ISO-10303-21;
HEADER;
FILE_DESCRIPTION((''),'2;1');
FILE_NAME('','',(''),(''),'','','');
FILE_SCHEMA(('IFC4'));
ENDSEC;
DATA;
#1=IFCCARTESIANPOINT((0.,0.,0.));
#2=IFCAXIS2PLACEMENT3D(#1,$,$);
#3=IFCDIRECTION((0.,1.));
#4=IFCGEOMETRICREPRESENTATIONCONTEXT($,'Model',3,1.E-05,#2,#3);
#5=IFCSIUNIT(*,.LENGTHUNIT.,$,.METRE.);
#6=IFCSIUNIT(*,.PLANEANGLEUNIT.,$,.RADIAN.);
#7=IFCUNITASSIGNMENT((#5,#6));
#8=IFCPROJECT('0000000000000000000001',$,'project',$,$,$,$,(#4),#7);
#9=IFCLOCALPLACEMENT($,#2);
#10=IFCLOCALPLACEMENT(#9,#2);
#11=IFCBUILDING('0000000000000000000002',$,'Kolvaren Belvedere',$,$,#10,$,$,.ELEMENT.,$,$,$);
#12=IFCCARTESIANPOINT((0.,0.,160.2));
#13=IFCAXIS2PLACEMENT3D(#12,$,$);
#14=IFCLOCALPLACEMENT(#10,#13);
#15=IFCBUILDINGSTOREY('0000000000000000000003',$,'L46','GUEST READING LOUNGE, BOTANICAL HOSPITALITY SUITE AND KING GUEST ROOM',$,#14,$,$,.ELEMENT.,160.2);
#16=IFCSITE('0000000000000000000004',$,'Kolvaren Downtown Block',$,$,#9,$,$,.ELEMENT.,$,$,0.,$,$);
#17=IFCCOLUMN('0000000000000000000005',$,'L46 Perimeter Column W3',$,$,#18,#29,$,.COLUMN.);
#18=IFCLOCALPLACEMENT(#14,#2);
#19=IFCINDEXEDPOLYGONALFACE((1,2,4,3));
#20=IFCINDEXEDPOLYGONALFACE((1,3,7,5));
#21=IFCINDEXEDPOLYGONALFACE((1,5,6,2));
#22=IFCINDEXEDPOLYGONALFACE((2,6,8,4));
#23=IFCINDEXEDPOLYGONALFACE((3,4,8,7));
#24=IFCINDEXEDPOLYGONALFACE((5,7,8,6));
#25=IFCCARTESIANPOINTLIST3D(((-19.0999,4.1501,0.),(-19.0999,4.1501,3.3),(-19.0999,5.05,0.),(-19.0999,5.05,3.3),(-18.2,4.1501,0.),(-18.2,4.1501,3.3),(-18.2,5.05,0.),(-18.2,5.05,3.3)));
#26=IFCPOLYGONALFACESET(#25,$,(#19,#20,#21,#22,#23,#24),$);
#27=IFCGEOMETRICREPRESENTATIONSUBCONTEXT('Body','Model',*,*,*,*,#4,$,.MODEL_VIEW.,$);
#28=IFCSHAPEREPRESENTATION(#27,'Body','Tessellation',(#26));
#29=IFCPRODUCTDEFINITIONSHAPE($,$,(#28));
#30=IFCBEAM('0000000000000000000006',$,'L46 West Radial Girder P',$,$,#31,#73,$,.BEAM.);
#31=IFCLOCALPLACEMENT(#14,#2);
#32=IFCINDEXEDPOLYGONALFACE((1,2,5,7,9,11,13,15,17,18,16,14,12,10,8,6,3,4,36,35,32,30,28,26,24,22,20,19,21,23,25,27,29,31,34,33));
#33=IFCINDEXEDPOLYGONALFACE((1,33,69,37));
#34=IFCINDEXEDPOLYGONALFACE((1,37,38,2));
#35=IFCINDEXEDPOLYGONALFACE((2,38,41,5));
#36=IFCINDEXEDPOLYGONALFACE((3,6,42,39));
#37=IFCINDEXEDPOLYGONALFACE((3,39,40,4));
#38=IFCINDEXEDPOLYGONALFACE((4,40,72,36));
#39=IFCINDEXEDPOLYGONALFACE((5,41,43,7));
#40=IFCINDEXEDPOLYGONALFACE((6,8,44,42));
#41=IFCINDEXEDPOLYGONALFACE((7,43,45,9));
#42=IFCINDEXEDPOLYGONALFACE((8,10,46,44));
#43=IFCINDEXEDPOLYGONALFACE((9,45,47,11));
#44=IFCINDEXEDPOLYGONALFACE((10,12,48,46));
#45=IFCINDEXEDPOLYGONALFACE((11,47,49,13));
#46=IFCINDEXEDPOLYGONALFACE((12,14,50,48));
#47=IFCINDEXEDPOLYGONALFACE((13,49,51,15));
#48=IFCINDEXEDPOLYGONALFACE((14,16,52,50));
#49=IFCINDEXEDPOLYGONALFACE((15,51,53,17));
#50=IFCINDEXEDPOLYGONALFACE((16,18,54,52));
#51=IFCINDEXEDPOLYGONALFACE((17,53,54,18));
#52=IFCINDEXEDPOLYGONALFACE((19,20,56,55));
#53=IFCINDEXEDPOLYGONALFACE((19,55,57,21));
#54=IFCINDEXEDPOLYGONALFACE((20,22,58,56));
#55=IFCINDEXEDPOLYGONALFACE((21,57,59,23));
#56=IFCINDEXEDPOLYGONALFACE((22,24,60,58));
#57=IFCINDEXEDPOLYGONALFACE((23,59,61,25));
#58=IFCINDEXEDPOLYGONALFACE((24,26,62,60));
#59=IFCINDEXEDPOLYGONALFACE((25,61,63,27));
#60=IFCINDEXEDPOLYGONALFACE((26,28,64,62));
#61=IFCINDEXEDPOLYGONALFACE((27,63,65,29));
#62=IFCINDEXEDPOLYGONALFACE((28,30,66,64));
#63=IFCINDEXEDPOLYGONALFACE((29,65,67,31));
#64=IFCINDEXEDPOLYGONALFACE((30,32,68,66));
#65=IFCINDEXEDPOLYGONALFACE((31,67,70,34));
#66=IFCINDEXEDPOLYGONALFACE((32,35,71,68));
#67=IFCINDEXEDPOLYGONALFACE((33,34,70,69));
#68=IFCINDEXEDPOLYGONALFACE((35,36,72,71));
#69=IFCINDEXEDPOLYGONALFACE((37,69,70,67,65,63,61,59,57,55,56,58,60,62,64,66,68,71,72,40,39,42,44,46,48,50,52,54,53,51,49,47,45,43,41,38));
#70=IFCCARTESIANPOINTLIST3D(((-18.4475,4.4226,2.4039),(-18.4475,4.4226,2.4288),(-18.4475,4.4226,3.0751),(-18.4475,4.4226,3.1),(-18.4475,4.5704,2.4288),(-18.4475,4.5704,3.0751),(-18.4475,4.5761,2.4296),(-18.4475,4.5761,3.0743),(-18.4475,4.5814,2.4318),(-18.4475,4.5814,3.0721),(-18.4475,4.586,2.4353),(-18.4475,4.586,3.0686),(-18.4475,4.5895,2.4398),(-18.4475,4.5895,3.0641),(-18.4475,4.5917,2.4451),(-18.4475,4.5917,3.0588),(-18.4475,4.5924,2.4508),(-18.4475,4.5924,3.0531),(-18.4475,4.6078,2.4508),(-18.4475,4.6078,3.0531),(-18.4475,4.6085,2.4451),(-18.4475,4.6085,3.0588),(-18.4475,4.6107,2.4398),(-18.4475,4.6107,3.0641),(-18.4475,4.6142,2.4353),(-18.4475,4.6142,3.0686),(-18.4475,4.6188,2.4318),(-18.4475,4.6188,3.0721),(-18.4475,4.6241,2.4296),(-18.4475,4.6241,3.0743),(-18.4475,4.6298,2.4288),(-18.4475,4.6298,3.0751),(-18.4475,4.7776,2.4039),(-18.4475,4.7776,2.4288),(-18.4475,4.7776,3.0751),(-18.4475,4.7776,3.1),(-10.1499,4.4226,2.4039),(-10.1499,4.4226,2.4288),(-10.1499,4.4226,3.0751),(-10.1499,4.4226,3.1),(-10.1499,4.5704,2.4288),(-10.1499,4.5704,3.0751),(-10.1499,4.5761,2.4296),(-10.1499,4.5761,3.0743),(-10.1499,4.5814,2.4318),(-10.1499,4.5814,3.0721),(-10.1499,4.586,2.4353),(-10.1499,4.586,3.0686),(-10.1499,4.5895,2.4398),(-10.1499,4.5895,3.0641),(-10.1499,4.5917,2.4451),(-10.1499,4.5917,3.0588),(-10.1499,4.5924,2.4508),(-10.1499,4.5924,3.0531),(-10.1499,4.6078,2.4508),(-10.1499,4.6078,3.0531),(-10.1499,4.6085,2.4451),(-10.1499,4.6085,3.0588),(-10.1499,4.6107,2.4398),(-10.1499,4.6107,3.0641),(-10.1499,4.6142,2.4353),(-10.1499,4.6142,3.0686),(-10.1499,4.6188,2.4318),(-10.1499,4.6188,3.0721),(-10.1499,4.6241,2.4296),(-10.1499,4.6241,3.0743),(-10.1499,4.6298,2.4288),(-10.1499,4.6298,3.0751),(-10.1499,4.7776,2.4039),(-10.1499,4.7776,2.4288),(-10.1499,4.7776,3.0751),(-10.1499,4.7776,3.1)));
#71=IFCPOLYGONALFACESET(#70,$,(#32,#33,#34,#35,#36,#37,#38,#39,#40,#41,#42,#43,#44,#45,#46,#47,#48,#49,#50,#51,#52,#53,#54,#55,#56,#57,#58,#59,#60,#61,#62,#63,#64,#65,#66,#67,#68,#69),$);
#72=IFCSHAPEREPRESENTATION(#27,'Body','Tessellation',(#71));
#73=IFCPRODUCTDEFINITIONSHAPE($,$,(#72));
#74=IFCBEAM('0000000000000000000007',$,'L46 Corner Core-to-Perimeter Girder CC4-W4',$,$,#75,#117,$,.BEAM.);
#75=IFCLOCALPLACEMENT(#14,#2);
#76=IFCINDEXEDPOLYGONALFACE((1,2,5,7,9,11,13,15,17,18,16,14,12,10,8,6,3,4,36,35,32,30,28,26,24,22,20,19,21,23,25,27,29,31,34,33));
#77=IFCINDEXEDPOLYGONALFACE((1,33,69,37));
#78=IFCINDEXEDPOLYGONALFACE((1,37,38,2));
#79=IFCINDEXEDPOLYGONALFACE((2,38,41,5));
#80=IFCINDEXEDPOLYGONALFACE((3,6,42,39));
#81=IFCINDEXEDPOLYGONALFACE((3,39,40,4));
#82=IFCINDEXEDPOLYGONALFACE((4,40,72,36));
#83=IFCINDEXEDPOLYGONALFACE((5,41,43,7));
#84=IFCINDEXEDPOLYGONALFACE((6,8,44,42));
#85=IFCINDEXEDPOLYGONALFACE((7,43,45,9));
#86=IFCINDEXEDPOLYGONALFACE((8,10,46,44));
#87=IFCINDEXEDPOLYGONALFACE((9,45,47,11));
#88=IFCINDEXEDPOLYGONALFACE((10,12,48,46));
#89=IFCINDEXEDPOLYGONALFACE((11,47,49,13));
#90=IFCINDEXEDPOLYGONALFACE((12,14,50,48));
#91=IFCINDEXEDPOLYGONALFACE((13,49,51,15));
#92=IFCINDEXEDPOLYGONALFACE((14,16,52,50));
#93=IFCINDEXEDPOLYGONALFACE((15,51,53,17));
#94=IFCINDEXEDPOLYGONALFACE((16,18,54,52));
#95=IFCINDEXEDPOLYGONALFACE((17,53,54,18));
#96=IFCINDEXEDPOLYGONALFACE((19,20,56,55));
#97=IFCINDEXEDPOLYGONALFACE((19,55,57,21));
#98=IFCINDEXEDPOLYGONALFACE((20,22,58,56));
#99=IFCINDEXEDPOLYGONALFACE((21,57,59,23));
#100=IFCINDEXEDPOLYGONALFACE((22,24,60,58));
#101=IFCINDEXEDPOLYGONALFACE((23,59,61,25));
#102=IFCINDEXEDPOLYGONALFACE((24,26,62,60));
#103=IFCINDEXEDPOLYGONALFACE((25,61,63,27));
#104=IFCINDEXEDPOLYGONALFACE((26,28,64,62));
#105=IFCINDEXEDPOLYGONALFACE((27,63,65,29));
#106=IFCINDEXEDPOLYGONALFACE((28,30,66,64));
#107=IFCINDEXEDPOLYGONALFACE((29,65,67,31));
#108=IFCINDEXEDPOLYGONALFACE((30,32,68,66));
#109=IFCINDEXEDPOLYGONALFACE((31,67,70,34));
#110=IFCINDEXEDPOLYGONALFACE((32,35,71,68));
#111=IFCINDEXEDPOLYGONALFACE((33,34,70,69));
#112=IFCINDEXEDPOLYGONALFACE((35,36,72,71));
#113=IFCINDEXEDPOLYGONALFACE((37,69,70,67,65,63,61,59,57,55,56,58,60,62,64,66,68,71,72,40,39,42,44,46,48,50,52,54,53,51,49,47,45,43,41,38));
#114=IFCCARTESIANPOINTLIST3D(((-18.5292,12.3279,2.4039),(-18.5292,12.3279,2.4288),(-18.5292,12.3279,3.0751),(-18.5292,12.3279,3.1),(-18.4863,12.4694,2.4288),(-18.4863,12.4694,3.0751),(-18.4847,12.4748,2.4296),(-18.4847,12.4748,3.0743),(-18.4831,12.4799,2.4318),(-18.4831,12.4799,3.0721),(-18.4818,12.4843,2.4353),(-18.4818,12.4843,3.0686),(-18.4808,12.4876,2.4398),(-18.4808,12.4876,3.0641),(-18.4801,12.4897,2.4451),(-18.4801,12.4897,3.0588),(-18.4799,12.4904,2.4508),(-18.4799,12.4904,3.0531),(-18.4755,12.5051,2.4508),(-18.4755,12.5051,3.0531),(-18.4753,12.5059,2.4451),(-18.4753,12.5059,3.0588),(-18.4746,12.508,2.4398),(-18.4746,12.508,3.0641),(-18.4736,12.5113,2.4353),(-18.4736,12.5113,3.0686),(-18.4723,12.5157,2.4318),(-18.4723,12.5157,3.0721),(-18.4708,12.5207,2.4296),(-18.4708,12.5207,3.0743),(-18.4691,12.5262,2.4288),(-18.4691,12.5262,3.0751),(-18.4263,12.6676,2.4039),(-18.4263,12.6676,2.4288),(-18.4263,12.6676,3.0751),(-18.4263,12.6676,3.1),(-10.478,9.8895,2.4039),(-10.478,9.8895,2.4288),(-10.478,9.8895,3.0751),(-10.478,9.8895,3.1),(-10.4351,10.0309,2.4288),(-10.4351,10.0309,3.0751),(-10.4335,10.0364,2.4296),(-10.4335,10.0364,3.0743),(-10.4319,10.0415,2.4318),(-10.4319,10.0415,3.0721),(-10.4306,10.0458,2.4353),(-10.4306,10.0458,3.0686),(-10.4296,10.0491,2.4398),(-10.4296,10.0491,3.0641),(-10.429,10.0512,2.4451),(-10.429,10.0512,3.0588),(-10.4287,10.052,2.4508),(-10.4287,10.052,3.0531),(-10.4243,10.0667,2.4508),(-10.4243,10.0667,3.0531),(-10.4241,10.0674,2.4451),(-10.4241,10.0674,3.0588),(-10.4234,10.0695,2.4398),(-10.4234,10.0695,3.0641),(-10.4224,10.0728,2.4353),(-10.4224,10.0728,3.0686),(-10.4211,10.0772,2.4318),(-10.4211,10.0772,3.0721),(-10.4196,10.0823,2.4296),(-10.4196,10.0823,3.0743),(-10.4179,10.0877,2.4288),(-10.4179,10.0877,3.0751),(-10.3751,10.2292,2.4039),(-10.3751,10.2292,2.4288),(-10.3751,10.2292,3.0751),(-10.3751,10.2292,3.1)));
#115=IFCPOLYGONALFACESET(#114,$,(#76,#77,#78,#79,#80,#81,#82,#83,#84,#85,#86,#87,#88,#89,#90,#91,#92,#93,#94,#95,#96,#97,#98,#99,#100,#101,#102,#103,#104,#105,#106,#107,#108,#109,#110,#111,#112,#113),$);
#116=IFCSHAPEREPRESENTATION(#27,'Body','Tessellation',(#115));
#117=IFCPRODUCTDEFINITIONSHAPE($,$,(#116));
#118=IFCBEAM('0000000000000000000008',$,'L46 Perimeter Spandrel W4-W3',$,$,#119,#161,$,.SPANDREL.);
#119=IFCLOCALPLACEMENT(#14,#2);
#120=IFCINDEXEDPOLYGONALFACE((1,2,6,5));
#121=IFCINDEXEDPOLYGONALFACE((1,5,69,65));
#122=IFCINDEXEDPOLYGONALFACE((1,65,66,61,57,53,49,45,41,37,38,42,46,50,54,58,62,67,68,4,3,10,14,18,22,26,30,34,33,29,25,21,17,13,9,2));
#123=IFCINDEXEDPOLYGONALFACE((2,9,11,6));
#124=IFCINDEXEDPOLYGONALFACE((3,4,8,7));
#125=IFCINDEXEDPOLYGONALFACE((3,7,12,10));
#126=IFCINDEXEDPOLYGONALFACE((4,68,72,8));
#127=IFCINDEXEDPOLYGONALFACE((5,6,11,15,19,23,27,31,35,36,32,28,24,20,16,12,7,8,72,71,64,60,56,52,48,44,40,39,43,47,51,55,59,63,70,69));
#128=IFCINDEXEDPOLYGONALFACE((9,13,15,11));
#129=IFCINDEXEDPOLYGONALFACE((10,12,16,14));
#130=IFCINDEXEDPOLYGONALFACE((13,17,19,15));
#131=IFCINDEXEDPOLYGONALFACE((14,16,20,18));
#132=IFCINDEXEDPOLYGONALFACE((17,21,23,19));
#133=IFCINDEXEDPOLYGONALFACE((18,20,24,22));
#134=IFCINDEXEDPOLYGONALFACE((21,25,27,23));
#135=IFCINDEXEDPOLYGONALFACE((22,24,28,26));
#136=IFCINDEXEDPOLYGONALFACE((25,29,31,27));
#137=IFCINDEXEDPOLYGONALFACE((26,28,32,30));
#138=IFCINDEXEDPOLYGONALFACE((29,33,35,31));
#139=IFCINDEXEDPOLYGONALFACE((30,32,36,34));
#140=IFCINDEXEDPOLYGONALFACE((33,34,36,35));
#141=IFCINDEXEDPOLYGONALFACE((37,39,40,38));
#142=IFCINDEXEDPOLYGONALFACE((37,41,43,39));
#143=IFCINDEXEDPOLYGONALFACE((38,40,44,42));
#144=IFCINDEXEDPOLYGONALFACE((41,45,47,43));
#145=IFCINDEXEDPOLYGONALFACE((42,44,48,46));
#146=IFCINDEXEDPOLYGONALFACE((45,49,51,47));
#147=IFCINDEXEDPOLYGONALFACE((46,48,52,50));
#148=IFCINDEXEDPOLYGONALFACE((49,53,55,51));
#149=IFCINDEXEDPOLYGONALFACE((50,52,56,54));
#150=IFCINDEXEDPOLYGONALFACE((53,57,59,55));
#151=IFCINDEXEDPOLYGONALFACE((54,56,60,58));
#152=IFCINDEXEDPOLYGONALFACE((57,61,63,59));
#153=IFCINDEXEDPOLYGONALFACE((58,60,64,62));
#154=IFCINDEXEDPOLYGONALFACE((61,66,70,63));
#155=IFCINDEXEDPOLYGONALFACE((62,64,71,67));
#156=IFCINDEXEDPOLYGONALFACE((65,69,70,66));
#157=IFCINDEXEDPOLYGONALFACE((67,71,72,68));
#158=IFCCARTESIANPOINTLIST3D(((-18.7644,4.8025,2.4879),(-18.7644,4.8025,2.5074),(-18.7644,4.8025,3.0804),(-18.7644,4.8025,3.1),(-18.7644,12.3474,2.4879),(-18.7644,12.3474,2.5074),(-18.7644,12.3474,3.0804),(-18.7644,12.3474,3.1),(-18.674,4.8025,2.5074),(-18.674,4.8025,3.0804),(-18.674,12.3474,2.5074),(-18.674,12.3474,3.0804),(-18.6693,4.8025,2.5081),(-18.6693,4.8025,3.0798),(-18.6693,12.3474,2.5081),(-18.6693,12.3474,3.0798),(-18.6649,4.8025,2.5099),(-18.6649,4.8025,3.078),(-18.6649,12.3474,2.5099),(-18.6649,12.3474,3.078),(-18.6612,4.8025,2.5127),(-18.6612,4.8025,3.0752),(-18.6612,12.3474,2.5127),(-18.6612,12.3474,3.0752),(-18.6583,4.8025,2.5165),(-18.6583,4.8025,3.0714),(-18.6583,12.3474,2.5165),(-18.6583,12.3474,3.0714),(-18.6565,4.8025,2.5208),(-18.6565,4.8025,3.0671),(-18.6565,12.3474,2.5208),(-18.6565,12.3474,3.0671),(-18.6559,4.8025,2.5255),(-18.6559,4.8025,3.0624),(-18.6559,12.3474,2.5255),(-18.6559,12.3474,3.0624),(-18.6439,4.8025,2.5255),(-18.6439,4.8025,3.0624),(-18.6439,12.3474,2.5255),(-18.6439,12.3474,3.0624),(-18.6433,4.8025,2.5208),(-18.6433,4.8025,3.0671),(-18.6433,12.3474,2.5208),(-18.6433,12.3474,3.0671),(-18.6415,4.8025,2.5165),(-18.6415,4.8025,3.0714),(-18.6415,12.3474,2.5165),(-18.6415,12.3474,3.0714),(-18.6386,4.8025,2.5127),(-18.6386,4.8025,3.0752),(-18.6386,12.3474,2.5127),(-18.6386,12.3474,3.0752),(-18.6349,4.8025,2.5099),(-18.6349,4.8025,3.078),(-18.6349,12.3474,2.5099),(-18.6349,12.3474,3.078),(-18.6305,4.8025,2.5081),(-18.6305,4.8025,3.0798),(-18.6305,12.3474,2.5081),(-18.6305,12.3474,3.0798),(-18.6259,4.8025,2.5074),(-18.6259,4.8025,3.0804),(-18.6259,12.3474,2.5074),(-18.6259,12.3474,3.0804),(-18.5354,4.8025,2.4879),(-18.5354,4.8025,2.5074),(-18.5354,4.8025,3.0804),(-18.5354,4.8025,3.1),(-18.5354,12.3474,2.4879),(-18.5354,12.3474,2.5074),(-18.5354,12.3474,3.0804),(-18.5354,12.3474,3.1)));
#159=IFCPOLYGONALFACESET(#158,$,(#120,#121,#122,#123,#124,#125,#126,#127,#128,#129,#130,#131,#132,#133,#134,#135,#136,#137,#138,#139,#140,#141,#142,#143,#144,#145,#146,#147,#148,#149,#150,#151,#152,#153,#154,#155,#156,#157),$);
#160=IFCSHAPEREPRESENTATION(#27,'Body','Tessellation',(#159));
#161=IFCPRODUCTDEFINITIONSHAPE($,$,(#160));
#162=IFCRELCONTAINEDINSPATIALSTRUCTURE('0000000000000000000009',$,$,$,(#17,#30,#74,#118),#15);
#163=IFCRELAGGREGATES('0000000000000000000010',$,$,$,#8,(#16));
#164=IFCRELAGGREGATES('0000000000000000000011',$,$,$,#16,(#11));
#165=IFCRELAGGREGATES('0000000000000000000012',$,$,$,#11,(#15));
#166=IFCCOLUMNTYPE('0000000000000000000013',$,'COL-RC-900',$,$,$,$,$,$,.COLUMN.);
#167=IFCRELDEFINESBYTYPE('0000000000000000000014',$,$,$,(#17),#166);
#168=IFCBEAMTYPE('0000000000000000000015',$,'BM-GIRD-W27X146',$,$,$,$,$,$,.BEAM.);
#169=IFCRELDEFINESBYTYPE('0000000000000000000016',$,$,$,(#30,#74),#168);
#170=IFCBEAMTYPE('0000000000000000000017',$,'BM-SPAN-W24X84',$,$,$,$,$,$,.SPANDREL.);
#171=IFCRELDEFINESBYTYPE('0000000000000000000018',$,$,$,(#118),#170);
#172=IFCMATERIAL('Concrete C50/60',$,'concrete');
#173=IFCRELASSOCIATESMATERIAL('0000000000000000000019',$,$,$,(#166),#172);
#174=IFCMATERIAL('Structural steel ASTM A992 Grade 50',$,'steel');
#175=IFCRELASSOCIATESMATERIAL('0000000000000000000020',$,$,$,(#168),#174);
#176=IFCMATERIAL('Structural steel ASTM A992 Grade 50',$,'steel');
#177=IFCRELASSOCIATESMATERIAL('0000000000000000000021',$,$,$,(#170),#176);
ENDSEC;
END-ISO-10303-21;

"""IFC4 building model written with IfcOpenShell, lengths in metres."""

from ifc_helpers import new_model, si_unit, direction, frame, origin, origin_2d, place, context, subcontext, project, spatial, rectangle, i_section, extrude, material, material_profile, profile_set, type_object, element, save


model = new_model("IFC4")

# Units and contexts
model_context = context("Model", 3, precision=1e-05, world=origin(), true_north=direction((0.0, 1.0)))
body_context = subcontext(model_context, "Body", "Model", "MODEL_VIEW")
ifc_project = project(units=[si_unit("LENGTHUNIT", "METRE"), si_unit("PLANEANGLEUNIT", "RADIAN")], contexts=[model_context])

# Site, building, storey
site_placement = place(None, origin())
site = spatial("IfcSite", under=ifc_project, at=site_placement, Name="Kolvaren Downtown Block", CompositionType="ELEMENT", RefElevation=0.0)
building_placement = place(site_placement, origin())
building = spatial("IfcBuilding", under=site, at=building_placement, Name="Kolvaren Belvedere", CompositionType="ELEMENT")
storey_placement = place(building_placement, frame((0.0, 0.0, 160.2)))
storey = spatial("IfcBuildingStorey", under=building, at=storey_placement, Name="L46", Description="GUEST READING LOUNGE, BOTANICAL HOSPITALITY SUITE AND KING GUEST ROOM", CompositionType="ELEMENT", Elevation=160.2)

# Column
ifc_material_1 = material(Name="Concrete C50/60", Category="concrete")
ifc_material_profile_1 = material_profile(ifc_material_1, rectangle(XDim=0.8999, YDim=0.8999, at=origin_2d()), Name="RC 900X900")
ifc_profile_set_1 = profile_set([ifc_material_profile_1], Name="Concrete C50/60")
column_type = type_object("IfcColumnType", Name="COL-RC-900", PredefinedType="COLUMN", material=ifc_profile_set_1)
column_placement = place(storey_placement, frame((-18.6499, 4.6001, 0.0), z_axis=(0.0, 0.0, 1.0), x_axis=(1.0, 0.0, 0.0)))
element("IfcColumn", 1, at=column_placement, inside=storey, type_object=column_type, Name="L46 Perimeter Column W3", PredefinedType="COLUMN", context=body_context, shape_type="SweptSolid", body=[
    extrude(rectangle(XDim=0.8999, YDim=0.8999, at=origin_2d()), origin(), (0.0, 0.0, 1.0), 3.3),
])

# Beams
ifc_material_2 = material(Name="Structural steel ASTM A992 Grade 50", Category="steel")
ifc_material_profile_2 = material_profile(ifc_material_2, i_section(OverallWidth=0.355, OverallDepth=0.696, WebThickness=0.0154, FlangeThickness=0.0249, FilletRadius=0.022, at=origin_2d()), Name="W27X146")
ifc_profile_set_2 = profile_set([ifc_material_profile_2], Name="Structural steel ASTM A992 Grade 50")
beam_type_1 = type_object("IfcBeamType", Name="BM-GIRD-W27X146", PredefinedType="BEAM", material=ifc_profile_set_2)
beam_1_placement = place(storey_placement, frame((-10.1499, 4.6001, 2.752), z_axis=(-1.0, 0.0, 0.0), x_axis=(0.0, -1.0, 0.0)))
element("IfcBeam", 2, at=beam_1_placement, inside=storey, type_object=beam_type_1, Name="L46 West Radial Girder P", PredefinedType="BEAM", context=body_context, shape_type="SweptSolid", body=[
    extrude(i_section(OverallWidth=0.355, OverallDepth=0.696, WebThickness=0.0154, FlangeThickness=0.0249, FilletRadius=0.022, at=origin_2d()), origin(), (0.0, 0.0, 1.0), 8.2976),
])
beam_2_placement = place(storey_placement, frame((-10.4265, 10.0593, 2.752), z_axis=(-0.957067, 0.289866, 0.0), x_axis=(-0.289866, -0.957067, 0.0)))
element("IfcBeam", 3, at=beam_2_placement, inside=storey, type_object=beam_type_1, Name="L46 Corner Core-to-Perimeter Girder CC4-W4", PredefinedType="BEAM", context=body_context, shape_type="SweptSolid", body=[
    extrude(i_section(OverallWidth=0.355, OverallDepth=0.696, WebThickness=0.0154, FlangeThickness=0.0249, FilletRadius=0.022, at=origin_2d()), origin(), (0.0, 0.0, 1.0), 8.4124),
])
ifc_material_3 = material(Name="Structural steel ASTM A992 Grade 50", Category="steel")
ifc_material_profile_3 = material_profile(ifc_material_3, i_section(OverallWidth=0.229, OverallDepth=0.6121, WebThickness=0.012, FlangeThickness=0.0195, FilletRadius=0.0181, at=origin_2d()), Name="W24X84")
ifc_profile_set_3 = profile_set([ifc_material_profile_3], Name="Structural steel ASTM A992 Grade 50")
beam_type_2 = type_object("IfcBeamType", Name="BM-SPAN-W24X84", PredefinedType="SPANDREL", material=ifc_profile_set_3)
beam_3_placement = place(storey_placement, frame((-18.6499, 12.3474, 2.7939), z_axis=(0.0, -1.0, 0.0), x_axis=(1.0, 0.0, 0.0)))
element("IfcBeam", 4, at=beam_3_placement, inside=storey, type_object=beam_type_2, Name="L46 Perimeter Spandrel W4-W3", PredefinedType="SPANDREL", context=body_context, shape_type="SweptSolid", body=[
    extrude(i_section(OverallWidth=0.229, OverallDepth=0.6121, WebThickness=0.012, FlangeThickness=0.0195, FilletRadius=0.0181, at=origin_2d()), origin(), (0.0, 0.0, 1.0), 7.5449),
])

save(model, "model.ifc")
